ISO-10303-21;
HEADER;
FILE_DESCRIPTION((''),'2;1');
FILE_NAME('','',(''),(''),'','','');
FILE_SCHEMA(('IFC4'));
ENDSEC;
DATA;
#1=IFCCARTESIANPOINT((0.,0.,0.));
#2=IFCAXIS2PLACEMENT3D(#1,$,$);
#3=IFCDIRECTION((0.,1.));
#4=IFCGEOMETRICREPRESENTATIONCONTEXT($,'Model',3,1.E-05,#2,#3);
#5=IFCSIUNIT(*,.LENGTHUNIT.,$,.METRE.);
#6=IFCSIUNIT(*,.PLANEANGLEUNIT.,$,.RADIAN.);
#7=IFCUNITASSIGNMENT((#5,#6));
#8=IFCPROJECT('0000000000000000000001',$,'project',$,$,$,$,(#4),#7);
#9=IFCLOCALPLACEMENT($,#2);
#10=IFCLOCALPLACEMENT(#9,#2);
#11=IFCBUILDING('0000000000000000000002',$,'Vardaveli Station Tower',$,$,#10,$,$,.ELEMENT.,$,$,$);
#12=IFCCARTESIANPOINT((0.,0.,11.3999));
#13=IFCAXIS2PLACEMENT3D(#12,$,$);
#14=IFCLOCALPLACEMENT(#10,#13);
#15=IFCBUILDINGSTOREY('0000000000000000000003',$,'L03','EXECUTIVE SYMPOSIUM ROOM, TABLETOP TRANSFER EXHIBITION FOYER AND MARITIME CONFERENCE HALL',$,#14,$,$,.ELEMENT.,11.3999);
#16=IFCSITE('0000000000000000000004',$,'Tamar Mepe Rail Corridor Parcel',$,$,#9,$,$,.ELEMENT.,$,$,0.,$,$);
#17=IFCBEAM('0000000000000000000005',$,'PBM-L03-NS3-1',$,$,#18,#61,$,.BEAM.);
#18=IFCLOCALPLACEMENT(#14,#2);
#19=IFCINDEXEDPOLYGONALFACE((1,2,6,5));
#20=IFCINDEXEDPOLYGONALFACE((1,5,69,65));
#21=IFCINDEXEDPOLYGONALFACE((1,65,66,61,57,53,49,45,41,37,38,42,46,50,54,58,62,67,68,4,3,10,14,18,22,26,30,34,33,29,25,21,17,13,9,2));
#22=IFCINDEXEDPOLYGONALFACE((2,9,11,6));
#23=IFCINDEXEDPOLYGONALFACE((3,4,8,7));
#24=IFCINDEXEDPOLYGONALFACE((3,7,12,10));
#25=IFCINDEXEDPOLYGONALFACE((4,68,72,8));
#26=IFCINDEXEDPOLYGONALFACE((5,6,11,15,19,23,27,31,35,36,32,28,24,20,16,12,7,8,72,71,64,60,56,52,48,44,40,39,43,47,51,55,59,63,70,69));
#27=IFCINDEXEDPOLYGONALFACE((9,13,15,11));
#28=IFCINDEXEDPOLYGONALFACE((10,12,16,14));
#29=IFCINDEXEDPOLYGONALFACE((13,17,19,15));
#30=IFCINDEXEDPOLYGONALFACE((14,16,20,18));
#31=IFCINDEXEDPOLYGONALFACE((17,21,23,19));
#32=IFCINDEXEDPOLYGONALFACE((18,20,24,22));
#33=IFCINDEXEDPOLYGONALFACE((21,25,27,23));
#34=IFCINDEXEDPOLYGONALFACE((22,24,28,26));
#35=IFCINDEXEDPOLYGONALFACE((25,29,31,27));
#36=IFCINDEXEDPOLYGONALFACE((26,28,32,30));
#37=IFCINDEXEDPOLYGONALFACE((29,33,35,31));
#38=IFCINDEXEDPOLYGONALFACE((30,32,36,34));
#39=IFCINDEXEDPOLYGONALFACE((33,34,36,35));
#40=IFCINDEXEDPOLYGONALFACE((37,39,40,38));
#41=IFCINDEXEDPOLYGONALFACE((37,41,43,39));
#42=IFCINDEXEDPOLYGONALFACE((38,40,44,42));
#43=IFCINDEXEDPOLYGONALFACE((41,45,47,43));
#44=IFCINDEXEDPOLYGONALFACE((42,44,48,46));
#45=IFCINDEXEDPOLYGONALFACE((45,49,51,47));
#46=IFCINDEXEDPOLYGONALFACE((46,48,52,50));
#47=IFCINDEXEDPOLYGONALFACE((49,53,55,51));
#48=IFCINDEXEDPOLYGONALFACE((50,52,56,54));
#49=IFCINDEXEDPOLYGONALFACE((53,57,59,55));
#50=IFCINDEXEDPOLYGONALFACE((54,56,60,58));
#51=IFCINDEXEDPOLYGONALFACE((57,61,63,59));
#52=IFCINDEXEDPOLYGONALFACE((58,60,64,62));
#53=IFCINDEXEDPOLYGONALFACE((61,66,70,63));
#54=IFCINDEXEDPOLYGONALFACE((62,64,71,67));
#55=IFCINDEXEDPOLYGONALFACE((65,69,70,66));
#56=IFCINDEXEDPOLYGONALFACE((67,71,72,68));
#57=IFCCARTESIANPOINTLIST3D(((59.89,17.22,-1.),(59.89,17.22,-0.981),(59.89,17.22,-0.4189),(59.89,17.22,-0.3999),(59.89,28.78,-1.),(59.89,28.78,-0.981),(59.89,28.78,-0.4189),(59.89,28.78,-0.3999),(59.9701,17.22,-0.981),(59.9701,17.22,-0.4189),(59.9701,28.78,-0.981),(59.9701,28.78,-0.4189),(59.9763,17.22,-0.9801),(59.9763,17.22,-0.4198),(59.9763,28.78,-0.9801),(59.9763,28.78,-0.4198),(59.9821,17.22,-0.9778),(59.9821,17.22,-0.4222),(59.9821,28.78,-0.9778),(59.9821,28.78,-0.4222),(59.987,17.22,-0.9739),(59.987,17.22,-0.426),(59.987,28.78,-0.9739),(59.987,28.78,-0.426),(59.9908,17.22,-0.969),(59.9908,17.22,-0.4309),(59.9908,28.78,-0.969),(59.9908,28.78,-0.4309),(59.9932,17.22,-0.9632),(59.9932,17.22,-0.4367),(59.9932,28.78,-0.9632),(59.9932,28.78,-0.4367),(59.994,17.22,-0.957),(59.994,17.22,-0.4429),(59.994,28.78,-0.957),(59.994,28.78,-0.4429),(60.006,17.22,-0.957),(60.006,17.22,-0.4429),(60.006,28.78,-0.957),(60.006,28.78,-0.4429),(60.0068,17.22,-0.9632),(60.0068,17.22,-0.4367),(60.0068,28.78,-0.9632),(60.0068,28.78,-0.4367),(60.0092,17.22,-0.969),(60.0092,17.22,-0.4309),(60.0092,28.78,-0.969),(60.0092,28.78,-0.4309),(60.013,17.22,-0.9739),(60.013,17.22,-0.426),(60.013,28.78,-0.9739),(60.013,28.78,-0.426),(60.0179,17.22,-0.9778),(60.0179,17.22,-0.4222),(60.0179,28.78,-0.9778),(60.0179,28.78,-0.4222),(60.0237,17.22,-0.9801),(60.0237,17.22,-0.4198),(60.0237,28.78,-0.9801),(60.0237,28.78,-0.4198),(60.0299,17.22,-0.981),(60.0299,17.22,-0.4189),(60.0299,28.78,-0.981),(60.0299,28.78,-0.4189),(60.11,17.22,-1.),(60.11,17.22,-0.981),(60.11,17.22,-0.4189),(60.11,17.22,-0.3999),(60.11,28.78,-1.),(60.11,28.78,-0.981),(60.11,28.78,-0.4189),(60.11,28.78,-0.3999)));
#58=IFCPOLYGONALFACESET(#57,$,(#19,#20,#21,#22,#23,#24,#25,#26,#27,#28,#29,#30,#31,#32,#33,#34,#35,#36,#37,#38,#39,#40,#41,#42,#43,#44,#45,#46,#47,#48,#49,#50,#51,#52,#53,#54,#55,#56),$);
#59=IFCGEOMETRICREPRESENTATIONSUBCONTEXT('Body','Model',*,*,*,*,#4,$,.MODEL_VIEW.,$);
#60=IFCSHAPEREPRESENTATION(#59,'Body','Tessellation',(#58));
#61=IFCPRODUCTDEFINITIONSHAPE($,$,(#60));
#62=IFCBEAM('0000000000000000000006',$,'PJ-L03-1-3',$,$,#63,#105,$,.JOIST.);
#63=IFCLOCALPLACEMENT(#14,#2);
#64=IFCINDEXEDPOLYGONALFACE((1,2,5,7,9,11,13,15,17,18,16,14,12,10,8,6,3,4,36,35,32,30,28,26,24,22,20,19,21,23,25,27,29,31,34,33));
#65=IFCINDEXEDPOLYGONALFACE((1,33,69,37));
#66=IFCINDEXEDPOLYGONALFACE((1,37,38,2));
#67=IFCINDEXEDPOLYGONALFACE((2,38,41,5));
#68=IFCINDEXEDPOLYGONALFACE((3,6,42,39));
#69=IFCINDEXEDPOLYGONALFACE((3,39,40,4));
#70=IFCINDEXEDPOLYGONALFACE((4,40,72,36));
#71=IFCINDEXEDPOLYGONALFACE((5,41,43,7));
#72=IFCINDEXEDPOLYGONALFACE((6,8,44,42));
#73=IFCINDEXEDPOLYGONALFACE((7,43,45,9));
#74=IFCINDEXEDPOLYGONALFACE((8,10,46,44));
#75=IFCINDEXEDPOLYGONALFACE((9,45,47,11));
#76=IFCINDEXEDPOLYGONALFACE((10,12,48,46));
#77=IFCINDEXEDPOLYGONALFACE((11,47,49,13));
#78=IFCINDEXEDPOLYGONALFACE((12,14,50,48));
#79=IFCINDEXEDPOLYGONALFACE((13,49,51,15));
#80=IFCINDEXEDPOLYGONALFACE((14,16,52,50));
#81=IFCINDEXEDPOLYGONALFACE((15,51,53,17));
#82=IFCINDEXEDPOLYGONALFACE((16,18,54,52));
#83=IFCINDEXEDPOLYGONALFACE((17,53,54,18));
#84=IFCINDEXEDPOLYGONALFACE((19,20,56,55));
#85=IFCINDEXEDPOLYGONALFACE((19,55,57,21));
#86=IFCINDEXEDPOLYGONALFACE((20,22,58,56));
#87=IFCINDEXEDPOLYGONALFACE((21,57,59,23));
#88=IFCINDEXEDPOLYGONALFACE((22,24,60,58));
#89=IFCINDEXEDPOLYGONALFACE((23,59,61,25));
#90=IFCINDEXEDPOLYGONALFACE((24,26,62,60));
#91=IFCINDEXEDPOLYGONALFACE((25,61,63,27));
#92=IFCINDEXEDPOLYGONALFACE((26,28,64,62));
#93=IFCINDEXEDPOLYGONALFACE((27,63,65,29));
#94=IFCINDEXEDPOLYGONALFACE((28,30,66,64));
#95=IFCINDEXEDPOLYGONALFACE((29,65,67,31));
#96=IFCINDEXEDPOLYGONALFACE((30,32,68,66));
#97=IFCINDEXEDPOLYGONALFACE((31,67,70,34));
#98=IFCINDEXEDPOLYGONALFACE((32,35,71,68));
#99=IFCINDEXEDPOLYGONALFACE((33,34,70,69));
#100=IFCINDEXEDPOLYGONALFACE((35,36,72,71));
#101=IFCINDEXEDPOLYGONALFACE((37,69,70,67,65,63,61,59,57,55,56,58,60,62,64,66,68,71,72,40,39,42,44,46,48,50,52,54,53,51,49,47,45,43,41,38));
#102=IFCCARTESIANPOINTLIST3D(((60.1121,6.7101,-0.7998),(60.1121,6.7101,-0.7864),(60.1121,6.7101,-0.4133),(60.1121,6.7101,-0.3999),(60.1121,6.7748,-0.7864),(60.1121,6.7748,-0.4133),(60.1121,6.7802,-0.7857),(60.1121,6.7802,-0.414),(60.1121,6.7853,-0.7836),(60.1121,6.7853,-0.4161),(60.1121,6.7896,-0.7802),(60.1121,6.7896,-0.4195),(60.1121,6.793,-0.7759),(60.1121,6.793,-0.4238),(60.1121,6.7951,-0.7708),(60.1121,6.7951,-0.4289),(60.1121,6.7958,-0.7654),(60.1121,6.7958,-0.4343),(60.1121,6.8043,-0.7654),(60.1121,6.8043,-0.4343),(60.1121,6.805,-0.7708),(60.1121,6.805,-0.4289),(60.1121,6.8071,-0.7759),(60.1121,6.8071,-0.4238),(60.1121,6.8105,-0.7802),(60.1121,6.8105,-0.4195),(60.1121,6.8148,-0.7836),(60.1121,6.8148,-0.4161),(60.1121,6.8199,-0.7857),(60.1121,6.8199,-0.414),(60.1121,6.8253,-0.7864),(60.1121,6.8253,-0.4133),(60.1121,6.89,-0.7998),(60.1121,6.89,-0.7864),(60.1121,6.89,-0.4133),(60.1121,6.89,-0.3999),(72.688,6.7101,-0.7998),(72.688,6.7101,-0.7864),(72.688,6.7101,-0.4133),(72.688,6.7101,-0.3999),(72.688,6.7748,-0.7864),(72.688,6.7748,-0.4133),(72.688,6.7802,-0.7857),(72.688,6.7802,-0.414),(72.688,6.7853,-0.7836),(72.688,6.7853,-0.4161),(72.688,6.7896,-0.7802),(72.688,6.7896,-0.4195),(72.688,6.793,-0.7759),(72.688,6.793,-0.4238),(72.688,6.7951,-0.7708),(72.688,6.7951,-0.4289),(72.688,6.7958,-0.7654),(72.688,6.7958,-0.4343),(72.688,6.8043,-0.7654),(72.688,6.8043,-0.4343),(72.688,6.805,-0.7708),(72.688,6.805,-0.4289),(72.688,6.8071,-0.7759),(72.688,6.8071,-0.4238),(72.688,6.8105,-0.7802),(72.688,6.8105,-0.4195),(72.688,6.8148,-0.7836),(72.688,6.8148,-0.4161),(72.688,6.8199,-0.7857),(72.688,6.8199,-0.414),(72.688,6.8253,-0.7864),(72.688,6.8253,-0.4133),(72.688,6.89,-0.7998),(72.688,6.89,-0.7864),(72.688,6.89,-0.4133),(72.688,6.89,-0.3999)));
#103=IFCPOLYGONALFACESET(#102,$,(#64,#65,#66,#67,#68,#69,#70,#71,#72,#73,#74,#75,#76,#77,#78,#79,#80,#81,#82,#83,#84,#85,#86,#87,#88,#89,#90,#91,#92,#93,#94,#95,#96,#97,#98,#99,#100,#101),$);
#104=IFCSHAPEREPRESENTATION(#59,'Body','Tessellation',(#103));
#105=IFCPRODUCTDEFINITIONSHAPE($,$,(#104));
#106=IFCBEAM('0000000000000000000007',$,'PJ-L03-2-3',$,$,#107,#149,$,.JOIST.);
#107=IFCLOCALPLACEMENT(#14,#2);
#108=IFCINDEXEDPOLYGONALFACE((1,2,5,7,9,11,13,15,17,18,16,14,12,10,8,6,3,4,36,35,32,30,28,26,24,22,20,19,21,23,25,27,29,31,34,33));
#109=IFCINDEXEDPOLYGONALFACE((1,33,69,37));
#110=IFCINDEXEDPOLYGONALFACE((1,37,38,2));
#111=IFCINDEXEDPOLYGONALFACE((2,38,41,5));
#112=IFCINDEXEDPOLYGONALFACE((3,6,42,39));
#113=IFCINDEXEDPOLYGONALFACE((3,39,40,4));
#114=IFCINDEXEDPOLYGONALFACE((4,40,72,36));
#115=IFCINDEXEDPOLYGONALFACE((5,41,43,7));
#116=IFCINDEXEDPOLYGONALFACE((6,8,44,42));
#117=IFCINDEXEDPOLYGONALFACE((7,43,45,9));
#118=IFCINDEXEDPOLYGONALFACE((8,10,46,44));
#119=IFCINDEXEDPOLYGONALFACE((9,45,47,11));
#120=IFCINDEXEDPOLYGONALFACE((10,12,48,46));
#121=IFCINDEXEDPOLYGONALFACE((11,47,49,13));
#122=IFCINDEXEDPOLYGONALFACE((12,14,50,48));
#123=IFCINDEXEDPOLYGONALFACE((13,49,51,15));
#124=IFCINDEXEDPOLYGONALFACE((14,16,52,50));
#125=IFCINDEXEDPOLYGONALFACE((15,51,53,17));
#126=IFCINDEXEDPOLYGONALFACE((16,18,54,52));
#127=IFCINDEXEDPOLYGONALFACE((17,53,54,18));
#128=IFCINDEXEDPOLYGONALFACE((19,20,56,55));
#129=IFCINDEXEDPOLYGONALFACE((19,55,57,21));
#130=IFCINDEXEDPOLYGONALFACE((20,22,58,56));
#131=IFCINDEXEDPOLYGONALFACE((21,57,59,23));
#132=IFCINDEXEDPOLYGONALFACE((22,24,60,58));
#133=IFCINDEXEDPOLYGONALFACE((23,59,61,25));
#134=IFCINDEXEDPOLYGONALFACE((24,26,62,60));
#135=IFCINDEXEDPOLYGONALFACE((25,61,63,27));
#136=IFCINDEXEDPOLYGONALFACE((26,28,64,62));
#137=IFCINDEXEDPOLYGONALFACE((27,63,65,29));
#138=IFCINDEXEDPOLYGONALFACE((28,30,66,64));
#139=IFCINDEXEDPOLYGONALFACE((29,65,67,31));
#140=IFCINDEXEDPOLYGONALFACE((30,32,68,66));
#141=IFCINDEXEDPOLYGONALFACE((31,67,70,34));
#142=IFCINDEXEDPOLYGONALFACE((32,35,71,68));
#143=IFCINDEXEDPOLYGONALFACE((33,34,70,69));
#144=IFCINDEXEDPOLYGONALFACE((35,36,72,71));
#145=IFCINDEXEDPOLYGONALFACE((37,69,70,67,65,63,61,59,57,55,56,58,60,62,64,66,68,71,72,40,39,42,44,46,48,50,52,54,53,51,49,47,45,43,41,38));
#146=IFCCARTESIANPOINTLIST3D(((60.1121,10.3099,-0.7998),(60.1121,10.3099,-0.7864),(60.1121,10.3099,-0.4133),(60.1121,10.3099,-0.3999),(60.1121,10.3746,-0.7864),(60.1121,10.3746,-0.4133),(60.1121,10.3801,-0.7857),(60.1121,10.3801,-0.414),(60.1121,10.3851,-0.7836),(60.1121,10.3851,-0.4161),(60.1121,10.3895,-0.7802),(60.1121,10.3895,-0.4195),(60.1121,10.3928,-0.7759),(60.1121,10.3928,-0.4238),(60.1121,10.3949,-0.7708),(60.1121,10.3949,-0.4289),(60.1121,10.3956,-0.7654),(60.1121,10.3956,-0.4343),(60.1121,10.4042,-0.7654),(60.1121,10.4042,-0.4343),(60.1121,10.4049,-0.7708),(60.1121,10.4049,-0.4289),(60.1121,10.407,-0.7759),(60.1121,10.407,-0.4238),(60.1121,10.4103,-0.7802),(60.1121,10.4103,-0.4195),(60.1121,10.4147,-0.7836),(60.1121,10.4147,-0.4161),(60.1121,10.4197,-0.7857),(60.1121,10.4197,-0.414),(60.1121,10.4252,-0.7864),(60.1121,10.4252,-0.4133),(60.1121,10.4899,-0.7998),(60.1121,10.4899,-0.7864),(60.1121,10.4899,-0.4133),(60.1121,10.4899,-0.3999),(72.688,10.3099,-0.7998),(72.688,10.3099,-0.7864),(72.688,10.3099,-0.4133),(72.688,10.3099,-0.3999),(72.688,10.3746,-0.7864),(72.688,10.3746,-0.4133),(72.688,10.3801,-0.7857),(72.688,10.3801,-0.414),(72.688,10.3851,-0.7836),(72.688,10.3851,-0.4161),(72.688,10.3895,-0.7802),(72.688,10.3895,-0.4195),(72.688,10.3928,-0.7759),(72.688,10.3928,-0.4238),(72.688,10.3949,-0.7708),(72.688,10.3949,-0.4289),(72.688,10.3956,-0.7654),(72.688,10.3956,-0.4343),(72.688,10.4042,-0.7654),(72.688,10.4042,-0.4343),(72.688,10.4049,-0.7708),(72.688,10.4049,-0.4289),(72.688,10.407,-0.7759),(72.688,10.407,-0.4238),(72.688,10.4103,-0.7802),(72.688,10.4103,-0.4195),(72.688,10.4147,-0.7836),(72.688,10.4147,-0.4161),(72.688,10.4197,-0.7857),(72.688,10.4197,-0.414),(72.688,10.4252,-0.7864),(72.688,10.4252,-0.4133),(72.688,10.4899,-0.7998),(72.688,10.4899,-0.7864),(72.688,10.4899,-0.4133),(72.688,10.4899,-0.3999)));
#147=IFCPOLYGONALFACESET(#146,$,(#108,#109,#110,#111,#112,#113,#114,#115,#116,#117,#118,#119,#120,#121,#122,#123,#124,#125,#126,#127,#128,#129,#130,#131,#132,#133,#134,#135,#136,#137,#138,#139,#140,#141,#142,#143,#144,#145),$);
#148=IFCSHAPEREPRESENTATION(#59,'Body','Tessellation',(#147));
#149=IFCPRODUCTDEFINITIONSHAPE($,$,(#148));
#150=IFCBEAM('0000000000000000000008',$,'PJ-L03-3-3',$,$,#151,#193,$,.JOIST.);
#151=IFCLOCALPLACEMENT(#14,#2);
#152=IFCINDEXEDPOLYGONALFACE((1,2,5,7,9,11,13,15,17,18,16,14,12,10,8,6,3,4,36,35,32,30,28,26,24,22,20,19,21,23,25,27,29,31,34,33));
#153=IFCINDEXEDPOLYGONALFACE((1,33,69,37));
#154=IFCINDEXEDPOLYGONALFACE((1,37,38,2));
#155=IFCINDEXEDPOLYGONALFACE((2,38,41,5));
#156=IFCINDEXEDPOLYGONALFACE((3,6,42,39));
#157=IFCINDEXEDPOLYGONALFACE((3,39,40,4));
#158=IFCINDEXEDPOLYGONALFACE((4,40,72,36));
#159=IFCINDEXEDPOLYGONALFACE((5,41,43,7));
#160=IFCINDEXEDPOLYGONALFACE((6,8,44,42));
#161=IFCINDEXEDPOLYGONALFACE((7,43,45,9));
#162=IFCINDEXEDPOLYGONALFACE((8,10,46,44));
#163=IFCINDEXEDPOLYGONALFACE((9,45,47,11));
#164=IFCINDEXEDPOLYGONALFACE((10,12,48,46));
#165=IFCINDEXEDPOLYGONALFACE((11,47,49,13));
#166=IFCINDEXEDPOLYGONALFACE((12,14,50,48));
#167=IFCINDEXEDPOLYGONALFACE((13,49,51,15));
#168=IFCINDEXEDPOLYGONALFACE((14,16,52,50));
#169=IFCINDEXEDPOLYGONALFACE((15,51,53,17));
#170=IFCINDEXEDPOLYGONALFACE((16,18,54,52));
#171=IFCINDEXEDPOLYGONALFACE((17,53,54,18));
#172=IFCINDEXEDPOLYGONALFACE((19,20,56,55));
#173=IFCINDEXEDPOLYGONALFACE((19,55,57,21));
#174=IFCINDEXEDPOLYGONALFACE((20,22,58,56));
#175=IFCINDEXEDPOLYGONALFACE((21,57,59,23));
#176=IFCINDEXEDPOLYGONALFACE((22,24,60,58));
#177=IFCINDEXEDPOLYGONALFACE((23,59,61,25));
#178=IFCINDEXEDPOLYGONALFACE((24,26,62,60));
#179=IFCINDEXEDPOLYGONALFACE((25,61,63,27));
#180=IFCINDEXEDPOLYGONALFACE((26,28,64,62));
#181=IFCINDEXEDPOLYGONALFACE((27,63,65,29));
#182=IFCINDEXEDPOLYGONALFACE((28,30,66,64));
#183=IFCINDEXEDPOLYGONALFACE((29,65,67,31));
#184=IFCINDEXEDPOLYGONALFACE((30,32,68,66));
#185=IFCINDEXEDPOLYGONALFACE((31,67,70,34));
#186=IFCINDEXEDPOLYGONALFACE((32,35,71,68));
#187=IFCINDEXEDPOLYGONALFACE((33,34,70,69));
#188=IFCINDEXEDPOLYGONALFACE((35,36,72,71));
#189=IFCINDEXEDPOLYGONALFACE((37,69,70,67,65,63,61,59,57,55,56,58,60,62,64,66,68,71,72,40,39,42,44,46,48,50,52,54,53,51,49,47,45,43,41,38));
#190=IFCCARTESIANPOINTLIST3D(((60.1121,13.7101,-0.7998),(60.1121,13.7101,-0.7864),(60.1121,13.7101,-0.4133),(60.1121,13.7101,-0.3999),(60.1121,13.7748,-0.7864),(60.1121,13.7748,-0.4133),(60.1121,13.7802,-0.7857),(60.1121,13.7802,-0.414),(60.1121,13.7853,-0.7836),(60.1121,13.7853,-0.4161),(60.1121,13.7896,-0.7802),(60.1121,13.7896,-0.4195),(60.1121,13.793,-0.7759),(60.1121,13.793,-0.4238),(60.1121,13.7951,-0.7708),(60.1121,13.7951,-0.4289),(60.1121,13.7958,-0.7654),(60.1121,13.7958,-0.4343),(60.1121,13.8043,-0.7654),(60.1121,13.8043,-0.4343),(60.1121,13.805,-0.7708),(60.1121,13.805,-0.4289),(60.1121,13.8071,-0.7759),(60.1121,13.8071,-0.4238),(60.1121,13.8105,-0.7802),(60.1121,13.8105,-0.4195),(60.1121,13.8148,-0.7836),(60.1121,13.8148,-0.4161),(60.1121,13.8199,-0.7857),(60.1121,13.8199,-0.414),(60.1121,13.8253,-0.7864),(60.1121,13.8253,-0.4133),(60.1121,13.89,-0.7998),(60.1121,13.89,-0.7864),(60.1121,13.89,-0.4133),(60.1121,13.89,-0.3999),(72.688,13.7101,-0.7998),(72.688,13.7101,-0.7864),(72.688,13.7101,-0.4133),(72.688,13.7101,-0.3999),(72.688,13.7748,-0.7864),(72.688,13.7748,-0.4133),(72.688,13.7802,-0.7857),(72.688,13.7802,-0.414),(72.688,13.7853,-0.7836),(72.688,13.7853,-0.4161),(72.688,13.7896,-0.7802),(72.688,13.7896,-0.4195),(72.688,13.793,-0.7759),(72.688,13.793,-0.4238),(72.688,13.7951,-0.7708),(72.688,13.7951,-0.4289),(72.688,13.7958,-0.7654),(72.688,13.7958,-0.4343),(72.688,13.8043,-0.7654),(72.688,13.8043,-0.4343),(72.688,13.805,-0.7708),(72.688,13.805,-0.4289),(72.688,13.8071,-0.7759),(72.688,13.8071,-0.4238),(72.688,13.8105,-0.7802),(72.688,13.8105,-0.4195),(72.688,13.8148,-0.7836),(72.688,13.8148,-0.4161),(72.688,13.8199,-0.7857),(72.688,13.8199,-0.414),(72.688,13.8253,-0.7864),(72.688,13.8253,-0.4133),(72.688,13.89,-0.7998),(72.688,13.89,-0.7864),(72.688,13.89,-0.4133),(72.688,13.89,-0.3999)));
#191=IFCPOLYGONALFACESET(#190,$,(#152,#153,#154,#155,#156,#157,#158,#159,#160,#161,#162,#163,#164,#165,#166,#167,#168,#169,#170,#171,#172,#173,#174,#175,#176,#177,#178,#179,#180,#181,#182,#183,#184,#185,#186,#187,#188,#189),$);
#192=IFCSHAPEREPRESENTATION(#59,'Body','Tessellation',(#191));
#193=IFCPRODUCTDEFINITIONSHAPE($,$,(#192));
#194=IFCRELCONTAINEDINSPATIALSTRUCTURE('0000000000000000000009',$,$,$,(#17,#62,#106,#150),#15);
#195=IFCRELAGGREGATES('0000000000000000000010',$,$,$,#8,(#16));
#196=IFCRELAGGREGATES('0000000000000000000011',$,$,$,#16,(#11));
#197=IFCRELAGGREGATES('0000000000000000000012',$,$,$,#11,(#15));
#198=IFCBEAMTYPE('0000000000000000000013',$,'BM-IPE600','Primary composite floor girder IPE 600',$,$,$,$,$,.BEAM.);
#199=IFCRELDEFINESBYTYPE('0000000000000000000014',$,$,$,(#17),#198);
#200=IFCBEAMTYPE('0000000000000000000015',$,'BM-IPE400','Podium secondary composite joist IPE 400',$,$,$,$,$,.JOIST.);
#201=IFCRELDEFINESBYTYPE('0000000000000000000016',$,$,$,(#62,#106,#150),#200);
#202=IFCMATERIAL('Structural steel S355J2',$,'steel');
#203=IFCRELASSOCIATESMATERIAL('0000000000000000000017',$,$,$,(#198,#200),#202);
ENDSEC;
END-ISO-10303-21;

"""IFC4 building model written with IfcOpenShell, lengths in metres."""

from ifc_helpers import new_model, si_unit, direction, frame, origin, origin_2d, place, context, subcontext, project, spatial, i_section, extrude, source, transform, mapped, material, material_profile, profile_set, type_object, element, save


model = new_model("IFC4")

# Units and contexts
model_context = context("Model", 3, precision=1e-05, world=origin(), true_north=direction((0.0, 1.0)))
body_context = subcontext(model_context, "Body", "Model", "MODEL_VIEW")
ifc_project = project(units=[si_unit("LENGTHUNIT", "METRE"), si_unit("PLANEANGLEUNIT", "RADIAN")], contexts=[model_context])

# Site, building, storey
site_placement = place(None, origin())
site = spatial("IfcSite", under=ifc_project, at=site_placement, Name="Tamar Mepe Rail Corridor Parcel", CompositionType="ELEMENT", RefElevation=0.0)
building_placement = place(site_placement, origin())
building = spatial("IfcBuilding", under=site, at=building_placement, Name="Vardaveli Station Tower", CompositionType="ELEMENT")
storey_placement = place(building_placement, frame((0.0, 0.0, 11.3999)))
storey = spatial("IfcBuildingStorey", under=building, at=storey_placement, Name="L03", Description="EXECUTIVE SYMPOSIUM ROOM, TABLETOP TRANSFER EXHIBITION FOYER AND MARITIME CONFERENCE HALL", CompositionType="ELEMENT", Elevation=11.3999)

# Beams
ifc_material_1 = material(Name="Structural steel S355J2", Category="steel")
ifc_material_profile_1 = material_profile(ifc_material_1, i_section(OverallWidth=0.22, OverallDepth=0.6001, WebThickness=0.012, FlangeThickness=0.019, FilletRadius=0.0239, at=origin_2d()), Name="IPE 600")
ifc_profile_set_1 = profile_set([ifc_material_profile_1], Name="Structural steel S355J2")
beam_type_1 = type_object("IfcBeamType", Name="BM-IPE600", Description="Primary composite floor girder IPE 600", PredefinedType="BEAM", material=ifc_profile_set_1)
shared_shape_1 = source(origin(), body_context, "Body", "SweptSolid", [
    extrude(i_section(OverallWidth=0.22, OverallDepth=0.6001, WebThickness=0.012, FlangeThickness=0.019, FilletRadius=0.0239, at=origin_2d()), origin(), (0.0, 0.0, 1.0), 11.5601),
])
beam_1_placement = place(storey_placement, frame((60.0, 17.22, -0.7), z_axis=(0.0, 1.0, 0.0), x_axis=(-1.0, 0.0, 0.0)))
element("IfcBeam", 1, at=beam_1_placement, inside=storey, type_object=beam_type_1, Name="PBM-L03-NS3-1", PredefinedType="BEAM", context=body_context, shape_type="MappedRepresentation", body=[
    mapped(shared_shape_1, transform((0.0, 0.0, 0.0), scale=1.0)),
])
ifc_material_profile_2 = material_profile(ifc_material_1, i_section(OverallWidth=0.1799, OverallDepth=0.3999, WebThickness=0.0085, FlangeThickness=0.0134, FilletRadius=0.021, at=origin_2d()), Name="IPE 400")
ifc_profile_set_2 = profile_set([ifc_material_profile_2], Name="Structural steel S355J2")
beam_type_2 = type_object("IfcBeamType", Name="BM-IPE400", Description="Podium secondary composite joist IPE 400", PredefinedType="JOIST", material=ifc_profile_set_2)
shared_shape_2 = source(origin(), body_context, "Body", "SweptSolid", [
    extrude(i_section(OverallWidth=0.1799, OverallDepth=0.3999, WebThickness=0.0085, FlangeThickness=0.0134, FilletRadius=0.021, at=origin_2d()), origin(), (0.0, 0.0, 1.0), 12.5759),
])
for number, where, z_axis, x_axis, name in (
    (2, (60.1121, 6.8, -0.5999), (1.0, 0.0, 0.0), (0.0, 1.0, 0.0), "PJ-L03-1-3"),
    (3, (60.1121, 10.3999, -0.5999), (1.0, 0.0, 0.0), (0.0, 1.0, 0.0), "PJ-L03-2-3"),
    (4, (60.1121, 13.8, -0.5999), (1.0, 0.0, 0.0), (0.0, 1.0, 0.0), "PJ-L03-3-3"),
):
    element("IfcBeam", number, at=place(storey_placement, frame(where, z_axis=z_axis, x_axis=x_axis)), inside=storey, type_object=beam_type_2, Name=name, PredefinedType="JOIST", context=body_context, shape_type="MappedRepresentation", body=[
        mapped(shared_shape_2, transform((0.0, 0.0, 0.0), scale=1.0)),
    ])

save(model, "model.ifc")
